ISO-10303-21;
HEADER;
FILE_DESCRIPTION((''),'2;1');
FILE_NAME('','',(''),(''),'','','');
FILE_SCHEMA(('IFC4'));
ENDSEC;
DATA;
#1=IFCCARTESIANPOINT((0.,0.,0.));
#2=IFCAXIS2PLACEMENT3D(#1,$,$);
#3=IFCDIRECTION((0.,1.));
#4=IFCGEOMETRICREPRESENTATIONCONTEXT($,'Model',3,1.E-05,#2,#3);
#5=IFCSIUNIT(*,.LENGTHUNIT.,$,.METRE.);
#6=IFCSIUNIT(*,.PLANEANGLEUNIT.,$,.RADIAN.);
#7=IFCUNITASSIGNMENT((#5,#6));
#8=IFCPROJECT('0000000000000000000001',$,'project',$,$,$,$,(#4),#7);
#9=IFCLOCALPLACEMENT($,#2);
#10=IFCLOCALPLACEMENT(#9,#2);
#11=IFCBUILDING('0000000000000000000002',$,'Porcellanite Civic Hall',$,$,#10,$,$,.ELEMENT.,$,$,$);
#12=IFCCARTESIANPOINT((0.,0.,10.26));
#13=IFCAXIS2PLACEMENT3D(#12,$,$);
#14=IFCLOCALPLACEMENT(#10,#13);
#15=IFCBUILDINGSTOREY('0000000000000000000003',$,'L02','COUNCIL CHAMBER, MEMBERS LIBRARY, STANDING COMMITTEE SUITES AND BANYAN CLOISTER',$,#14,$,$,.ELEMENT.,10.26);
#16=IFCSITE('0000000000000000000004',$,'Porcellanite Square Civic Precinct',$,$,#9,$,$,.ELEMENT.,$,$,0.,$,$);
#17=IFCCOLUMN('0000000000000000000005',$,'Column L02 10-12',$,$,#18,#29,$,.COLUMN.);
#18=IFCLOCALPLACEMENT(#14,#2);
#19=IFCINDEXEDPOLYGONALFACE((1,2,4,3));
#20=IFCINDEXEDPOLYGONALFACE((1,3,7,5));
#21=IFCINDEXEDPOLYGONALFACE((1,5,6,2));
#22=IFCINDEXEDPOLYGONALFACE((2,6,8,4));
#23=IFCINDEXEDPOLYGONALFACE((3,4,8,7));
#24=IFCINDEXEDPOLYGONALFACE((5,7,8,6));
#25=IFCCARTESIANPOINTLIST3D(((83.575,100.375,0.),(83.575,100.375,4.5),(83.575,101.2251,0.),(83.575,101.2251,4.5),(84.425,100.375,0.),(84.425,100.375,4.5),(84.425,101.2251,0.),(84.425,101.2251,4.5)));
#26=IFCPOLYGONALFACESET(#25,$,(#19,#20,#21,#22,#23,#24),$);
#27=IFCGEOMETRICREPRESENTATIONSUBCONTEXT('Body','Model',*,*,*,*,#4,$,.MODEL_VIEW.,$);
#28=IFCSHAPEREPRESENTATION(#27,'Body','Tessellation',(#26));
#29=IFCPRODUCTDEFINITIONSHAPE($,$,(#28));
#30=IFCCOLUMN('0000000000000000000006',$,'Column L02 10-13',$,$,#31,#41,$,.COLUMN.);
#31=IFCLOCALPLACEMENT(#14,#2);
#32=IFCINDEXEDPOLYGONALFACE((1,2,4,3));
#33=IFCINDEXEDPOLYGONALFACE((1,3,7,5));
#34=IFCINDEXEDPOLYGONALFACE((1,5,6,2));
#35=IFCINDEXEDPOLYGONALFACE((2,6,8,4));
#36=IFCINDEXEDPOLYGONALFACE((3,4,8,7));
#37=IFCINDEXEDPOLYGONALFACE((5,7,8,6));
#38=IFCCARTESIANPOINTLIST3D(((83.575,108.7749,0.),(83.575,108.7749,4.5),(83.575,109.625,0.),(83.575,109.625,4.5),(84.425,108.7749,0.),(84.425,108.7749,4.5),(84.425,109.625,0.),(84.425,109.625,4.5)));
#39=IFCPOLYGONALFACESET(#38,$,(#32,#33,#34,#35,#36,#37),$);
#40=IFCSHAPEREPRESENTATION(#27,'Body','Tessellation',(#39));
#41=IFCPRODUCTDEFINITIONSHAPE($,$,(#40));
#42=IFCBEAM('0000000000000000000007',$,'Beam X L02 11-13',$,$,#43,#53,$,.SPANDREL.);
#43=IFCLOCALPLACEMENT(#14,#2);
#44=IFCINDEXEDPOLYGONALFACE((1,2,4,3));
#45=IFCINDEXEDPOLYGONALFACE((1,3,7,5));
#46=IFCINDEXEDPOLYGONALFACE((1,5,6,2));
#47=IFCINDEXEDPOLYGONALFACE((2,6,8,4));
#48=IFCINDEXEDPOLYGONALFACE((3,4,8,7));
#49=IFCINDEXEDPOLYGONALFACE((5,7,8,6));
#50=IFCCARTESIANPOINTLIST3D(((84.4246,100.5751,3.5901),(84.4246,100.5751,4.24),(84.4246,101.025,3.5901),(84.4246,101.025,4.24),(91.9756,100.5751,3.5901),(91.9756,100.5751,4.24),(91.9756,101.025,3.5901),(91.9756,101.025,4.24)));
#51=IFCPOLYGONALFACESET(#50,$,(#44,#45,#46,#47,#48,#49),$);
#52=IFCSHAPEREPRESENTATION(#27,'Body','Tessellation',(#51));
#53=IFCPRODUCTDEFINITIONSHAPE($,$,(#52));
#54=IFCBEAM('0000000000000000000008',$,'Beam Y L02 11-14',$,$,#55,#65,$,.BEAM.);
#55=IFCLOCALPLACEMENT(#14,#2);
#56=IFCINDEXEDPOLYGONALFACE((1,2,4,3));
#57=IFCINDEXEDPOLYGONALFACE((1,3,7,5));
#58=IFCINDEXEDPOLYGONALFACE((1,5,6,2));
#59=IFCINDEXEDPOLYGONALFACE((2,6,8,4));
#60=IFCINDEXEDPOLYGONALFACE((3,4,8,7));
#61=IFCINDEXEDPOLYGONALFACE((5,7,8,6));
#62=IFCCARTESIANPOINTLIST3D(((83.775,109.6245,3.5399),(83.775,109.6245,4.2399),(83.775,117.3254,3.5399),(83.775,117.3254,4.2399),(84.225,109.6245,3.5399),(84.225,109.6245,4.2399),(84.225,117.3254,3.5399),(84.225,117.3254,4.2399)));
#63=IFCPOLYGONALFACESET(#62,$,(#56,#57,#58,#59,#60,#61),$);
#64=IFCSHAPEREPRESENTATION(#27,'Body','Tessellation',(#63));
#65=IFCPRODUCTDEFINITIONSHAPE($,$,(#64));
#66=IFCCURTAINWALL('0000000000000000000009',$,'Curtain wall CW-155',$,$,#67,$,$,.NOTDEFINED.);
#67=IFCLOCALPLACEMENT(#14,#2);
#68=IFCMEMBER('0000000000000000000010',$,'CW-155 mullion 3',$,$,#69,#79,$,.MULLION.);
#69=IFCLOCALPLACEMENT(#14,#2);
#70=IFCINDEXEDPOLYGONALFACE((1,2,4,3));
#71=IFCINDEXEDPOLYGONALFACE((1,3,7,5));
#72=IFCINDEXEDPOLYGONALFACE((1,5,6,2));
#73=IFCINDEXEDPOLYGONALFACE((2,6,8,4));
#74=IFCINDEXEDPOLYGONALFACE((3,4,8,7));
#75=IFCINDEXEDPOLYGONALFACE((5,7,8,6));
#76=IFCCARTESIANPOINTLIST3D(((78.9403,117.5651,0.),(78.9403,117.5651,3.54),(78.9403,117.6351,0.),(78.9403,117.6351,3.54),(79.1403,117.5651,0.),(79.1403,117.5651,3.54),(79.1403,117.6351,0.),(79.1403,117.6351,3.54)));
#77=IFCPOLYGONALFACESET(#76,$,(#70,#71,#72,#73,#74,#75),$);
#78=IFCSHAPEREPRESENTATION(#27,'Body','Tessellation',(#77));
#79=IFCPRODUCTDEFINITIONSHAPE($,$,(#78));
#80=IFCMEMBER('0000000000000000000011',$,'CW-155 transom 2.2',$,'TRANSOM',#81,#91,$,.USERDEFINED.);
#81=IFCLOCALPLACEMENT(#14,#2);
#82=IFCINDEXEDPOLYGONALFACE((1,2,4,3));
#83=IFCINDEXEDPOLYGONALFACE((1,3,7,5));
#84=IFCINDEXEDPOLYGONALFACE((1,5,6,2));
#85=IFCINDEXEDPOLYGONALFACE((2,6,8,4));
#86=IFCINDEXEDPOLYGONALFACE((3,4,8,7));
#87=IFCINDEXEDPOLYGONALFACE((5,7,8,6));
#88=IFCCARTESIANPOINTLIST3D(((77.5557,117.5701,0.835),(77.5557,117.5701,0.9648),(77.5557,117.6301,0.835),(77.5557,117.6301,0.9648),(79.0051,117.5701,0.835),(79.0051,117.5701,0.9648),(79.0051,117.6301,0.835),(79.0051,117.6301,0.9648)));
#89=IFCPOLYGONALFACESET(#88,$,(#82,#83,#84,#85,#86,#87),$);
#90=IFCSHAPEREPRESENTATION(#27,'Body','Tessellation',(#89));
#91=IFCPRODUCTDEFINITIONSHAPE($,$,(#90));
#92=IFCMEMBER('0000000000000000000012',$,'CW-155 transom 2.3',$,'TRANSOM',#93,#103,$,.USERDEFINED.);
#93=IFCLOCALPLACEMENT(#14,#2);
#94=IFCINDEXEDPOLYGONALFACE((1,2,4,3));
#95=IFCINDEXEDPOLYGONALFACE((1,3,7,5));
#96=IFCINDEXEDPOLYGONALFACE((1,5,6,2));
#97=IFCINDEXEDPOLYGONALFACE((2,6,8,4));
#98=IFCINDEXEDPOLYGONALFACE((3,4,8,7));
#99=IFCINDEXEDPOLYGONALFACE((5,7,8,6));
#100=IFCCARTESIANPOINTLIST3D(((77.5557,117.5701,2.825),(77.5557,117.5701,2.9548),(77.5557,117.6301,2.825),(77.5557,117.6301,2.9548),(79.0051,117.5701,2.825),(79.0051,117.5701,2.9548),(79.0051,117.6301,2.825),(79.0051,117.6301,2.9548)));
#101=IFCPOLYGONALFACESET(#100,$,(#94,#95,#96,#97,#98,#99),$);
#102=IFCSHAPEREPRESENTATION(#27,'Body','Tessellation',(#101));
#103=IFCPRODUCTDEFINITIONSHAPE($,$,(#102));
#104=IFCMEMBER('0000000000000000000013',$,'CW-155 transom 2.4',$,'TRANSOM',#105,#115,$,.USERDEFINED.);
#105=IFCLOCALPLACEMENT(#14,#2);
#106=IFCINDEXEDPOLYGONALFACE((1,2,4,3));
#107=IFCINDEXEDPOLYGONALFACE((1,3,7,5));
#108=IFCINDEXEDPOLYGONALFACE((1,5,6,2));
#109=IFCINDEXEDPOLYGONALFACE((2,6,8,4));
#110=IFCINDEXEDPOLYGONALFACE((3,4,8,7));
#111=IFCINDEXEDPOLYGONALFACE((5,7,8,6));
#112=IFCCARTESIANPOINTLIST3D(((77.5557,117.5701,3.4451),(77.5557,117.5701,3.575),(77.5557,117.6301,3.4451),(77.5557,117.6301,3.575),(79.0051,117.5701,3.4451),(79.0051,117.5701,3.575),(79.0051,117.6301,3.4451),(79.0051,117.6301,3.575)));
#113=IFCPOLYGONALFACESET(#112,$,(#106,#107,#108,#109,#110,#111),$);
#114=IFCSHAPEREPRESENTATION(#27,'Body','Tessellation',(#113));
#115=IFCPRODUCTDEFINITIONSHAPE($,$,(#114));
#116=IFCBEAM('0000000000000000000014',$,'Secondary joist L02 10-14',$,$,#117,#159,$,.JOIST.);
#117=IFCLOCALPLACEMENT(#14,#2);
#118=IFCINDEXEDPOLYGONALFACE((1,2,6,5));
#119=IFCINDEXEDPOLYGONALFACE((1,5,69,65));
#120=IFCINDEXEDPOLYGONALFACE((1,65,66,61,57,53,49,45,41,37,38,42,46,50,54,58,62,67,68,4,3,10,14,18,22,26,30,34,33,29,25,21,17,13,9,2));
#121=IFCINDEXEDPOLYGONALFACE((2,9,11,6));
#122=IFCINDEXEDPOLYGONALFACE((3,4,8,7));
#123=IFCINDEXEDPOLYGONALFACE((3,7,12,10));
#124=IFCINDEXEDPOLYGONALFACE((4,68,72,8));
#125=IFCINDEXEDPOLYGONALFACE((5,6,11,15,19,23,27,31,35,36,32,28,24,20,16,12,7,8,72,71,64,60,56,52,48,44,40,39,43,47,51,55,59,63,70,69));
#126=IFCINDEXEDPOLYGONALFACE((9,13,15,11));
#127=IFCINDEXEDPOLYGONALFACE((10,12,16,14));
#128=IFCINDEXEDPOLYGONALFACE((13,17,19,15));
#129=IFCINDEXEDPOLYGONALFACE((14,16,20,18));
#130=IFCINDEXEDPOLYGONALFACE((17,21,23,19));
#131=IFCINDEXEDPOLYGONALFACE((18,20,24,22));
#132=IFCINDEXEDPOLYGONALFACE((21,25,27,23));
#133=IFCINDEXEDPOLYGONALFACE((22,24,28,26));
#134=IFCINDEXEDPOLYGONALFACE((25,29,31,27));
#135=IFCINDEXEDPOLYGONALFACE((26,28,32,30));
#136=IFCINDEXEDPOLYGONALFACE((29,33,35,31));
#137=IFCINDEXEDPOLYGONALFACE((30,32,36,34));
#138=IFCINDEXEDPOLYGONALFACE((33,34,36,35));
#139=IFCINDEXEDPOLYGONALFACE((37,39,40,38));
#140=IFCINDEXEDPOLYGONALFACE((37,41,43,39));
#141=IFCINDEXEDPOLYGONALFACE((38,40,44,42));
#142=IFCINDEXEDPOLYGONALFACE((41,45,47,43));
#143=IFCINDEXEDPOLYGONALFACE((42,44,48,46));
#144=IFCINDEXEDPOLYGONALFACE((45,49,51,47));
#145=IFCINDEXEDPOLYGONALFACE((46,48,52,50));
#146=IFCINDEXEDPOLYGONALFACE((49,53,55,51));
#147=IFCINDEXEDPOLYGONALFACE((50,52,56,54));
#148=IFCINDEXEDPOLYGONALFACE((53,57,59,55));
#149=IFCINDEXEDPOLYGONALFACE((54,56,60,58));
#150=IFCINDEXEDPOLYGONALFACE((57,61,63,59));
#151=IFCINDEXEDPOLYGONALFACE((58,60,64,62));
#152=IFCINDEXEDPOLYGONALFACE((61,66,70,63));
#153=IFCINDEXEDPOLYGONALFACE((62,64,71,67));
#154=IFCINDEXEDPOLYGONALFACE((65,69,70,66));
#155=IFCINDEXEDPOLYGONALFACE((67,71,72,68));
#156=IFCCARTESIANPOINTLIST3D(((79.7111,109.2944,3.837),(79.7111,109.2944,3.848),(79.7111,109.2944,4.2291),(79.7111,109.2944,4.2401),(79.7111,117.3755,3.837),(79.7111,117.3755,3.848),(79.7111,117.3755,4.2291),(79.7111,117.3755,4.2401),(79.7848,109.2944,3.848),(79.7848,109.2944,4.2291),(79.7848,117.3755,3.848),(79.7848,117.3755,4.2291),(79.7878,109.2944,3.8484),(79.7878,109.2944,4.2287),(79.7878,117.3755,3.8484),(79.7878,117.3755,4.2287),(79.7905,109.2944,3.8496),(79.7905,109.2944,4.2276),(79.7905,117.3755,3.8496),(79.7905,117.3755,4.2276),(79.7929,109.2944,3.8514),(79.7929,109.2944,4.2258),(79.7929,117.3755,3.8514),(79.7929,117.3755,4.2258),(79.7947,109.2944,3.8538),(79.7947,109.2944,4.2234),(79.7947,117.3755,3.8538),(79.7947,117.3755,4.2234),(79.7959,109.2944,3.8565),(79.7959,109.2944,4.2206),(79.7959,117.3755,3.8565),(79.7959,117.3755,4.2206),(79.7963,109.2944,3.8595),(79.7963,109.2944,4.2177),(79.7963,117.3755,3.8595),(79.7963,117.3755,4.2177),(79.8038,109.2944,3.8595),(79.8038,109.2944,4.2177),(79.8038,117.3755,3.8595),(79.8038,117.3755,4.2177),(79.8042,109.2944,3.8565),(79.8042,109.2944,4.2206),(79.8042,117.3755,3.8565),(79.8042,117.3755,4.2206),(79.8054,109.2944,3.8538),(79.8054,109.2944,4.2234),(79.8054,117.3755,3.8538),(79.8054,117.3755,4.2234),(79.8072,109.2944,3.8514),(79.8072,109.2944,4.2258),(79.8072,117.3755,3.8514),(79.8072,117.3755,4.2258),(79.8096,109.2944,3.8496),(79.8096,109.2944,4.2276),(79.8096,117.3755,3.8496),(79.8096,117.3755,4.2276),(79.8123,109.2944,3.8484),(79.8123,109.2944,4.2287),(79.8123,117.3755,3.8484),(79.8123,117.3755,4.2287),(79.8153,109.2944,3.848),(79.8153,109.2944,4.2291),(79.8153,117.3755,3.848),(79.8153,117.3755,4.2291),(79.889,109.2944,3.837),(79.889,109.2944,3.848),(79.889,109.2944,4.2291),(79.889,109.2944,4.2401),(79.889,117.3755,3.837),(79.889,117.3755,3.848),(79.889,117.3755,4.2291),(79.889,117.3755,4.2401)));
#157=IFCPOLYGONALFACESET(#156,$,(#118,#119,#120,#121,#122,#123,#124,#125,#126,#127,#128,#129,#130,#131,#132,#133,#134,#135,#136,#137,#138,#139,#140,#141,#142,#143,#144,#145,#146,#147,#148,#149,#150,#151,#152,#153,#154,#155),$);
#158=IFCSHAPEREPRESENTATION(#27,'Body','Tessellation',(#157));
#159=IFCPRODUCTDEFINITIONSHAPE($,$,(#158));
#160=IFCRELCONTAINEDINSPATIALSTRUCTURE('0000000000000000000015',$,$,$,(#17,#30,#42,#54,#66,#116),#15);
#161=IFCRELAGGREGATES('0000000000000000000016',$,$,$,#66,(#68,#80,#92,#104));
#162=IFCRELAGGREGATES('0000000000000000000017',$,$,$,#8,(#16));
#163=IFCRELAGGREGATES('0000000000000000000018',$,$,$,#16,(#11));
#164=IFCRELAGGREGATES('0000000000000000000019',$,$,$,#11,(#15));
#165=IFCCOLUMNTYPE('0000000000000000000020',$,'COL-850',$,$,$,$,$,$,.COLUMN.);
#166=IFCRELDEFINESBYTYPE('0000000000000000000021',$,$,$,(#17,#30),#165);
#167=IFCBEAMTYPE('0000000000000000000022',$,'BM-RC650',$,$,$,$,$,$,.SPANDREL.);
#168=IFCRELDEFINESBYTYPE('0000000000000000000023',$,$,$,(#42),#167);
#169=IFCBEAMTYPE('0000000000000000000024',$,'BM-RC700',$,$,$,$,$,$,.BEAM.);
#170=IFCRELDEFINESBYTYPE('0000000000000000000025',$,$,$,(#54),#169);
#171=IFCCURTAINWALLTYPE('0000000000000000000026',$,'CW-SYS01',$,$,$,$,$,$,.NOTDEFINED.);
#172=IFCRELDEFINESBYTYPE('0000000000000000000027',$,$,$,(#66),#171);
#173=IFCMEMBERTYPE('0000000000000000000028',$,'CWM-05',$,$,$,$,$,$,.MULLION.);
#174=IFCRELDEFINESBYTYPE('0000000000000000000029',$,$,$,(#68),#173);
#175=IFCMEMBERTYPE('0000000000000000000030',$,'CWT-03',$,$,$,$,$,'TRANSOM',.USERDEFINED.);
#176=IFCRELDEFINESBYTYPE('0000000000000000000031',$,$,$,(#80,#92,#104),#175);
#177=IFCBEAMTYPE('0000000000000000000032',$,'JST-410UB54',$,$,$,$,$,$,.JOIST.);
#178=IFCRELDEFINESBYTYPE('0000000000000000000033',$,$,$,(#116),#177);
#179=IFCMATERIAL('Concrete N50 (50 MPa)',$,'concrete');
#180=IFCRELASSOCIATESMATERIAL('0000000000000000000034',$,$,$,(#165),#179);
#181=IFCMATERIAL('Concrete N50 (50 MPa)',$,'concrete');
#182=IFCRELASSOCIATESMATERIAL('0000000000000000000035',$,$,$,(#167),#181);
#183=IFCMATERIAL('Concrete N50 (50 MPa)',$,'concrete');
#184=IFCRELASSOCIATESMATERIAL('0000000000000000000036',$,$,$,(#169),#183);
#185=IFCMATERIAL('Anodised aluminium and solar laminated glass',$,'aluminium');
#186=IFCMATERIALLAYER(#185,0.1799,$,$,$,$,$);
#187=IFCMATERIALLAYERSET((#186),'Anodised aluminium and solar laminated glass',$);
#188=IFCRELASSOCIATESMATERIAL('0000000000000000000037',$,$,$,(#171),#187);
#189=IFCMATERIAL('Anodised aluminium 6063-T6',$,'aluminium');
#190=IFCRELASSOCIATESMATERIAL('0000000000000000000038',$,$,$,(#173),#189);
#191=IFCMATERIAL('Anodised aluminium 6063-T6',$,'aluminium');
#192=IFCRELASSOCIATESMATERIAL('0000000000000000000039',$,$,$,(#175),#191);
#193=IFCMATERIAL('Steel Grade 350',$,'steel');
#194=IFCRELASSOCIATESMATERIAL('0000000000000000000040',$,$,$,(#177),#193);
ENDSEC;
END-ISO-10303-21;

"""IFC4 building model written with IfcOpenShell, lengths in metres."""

from ifc_helpers import new_model, si_unit, direction, frame, origin, origin_2d, place, context, subcontext, project, spatial, rectangle, i_section, extrude, material, layer, layer_set, material_profile, profile_set, type_object, element, aggregate, save


model = new_model("IFC4")

# Units and contexts
model_context = context("Model", 3, precision=1e-05, world=origin(), true_north=direction((0.0, 1.0)))
body_context = subcontext(model_context, "Body", "Model", "MODEL_VIEW")
ifc_project = project(units=[si_unit("LENGTHUNIT", "METRE"), si_unit("PLANEANGLEUNIT", "RADIAN")], contexts=[model_context])

# Site, building, storey
site_placement = place(None, origin())
site = spatial("IfcSite", under=ifc_project, at=site_placement, Name="Porcellanite Square Civic Precinct", CompositionType="ELEMENT", RefElevation=0.0)
building_placement = place(site_placement, origin())
building = spatial("IfcBuilding", under=site, at=building_placement, Name="Porcellanite Civic Hall", CompositionType="ELEMENT")
storey_placement = place(building_placement, frame((0.0, 0.0, 10.26)))
storey = spatial("IfcBuildingStorey", under=building, at=storey_placement, Name="L02", Description="COUNCIL CHAMBER, MEMBERS LIBRARY, STANDING COMMITTEE SUITES AND BANYAN CLOISTER", CompositionType="ELEMENT", Elevation=10.26)

# Columns
ifc_material_1 = material(Name="Concrete N50 (50 MPa)", Category="concrete")
ifc_material_profile_1 = material_profile(ifc_material_1, rectangle(XDim=0.8501, YDim=0.8501, at=origin_2d()), Name="RC-850x850")
ifc_profile_set_1 = profile_set([ifc_material_profile_1], Name="Concrete N50 (50 MPa)")
column_type = type_object("IfcColumnType", Name="COL-850", PredefinedType="COLUMN", material=ifc_profile_set_1)
for number, where, z_axis, x_axis, name in (
    (1, (84.0, 100.8, 0.0), (0.0, 0.0, 1.0), (1.0, 0.0, 0.0), "Column L02 10-12"),
    (2, (84.0, 109.2, 0.0), (0.0, 0.0, 1.0), (1.0, 0.0, 0.0), "Column L02 10-13"),
):
    element("IfcColumn", number, at=place(storey_placement, frame(where, z_axis=z_axis, x_axis=x_axis)), inside=storey, type_object=column_type, Name=name, PredefinedType="COLUMN", context=body_context, shape_type="SweptSolid", body=[
        extrude(rectangle(XDim=0.8501, YDim=0.8501, at=origin_2d()), origin(), (0.0, 0.0, 1.0), 4.5),
    ])

# Beams
ifc_material_2 = material(Name="Concrete N50 (50 MPa)", Category="concrete")
ifc_material_profile_2 = material_profile(ifc_material_2, rectangle(XDim=0.45, YDim=0.6499, at=origin_2d()), Name="RC-450x650")
ifc_profile_set_2 = profile_set([ifc_material_profile_2], Name="Concrete N50 (50 MPa)")
beam_type_1 = type_object("IfcBeamType", Name="BM-RC650", PredefinedType="SPANDREL", material=ifc_profile_set_2)
beam_1_placement = place(storey_placement, frame((84.4246, 100.8, 3.915), z_axis=(1.0, 0.0, 0.0), x_axis=(0.0, 1.0, 0.0)))
element("IfcBeam", 3, at=beam_1_placement, inside=storey, type_object=beam_type_1, Name="Beam X L02 11-13", PredefinedType="SPANDREL", context=body_context, shape_type="SweptSolid", body=[
    extrude(rectangle(XDim=0.45, YDim=0.6499, at=origin_2d()), origin(), (0.0, 0.0, 1.0), 7.551),
])
ifc_material_3 = material(Name="Concrete N50 (50 MPa)", Category="concrete")
ifc_material_profile_3 = material_profile(ifc_material_3, rectangle(XDim=0.45, YDim=0.7, at=origin_2d()), Name="RC-450x700")
ifc_profile_set_3 = profile_set([ifc_material_profile_3], Name="Concrete N50 (50 MPa)")
beam_type_2 = type_object("IfcBeamType", Name="BM-RC700", PredefinedType="BEAM", material=ifc_profile_set_3)
beam_2_placement = place(storey_placement, frame((84.0, 109.6245, 3.8899), z_axis=(0.0, 1.0, 0.0), x_axis=(-1.0, 0.0, 0.0)))
element("IfcBeam", 4, at=beam_2_placement, inside=storey, type_object=beam_type_2, Name="Beam Y L02 11-14", PredefinedType="BEAM", context=body_context, shape_type="SweptSolid", body=[
    extrude(rectangle(XDim=0.45, YDim=0.7, at=origin_2d()), origin(), (0.0, 0.0, 1.0), 7.7009),
])

# Curtain wall, members
ifc_material_4 = material(Name="Anodised aluminium and solar laminated glass", Category="aluminium")
ifc_layer_1 = layer(ifc_material_4, 0.1799)
ifc_layer_set_1 = layer_set([ifc_layer_1], Name="Anodised aluminium and solar laminated glass")
curtain_wall_type = type_object("IfcCurtainWallType", Name="CW-SYS01", PredefinedType="NOTDEFINED", material=ifc_layer_set_1)
curtain_wall_placement = place(storey_placement, origin())
curtain_wall = element("IfcCurtainWall", 5, at=curtain_wall_placement, inside=storey, type_object=curtain_wall_type, Name="Curtain wall CW-155", PredefinedType="NOTDEFINED")
ifc_material_5 = material(Name="Anodised aluminium 6063-T6", Category="aluminium")
ifc_material_profile_4 = material_profile(ifc_material_5, rectangle(XDim=0.0701, YDim=0.2, at=origin_2d()), Name="AL-70x200")
ifc_profile_set_4 = profile_set([ifc_material_profile_4], Name="Anodised aluminium 6063-T6")
member_type_1 = type_object("IfcMemberType", Name="CWM-05", PredefinedType="MULLION", material=ifc_profile_set_4)
member_1_placement = place(storey_placement, frame((79.0403, 117.6001, 0.0), z_axis=(0.0, 0.0, 1.0), x_axis=(0.0, 1.0, 0.0)))
member_1 = element("IfcMember", 6, at=member_1_placement, type_object=member_type_1, Name="CW-155 mullion 3", PredefinedType="MULLION", context=body_context, shape_type="SweptSolid", body=[
    extrude(rectangle(XDim=0.0701, YDim=0.2, at=origin_2d()), origin(), (0.0, 0.0, 1.0), 3.54),
])
ifc_material_6 = material(Name="Anodised aluminium 6063-T6", Category="aluminium")
ifc_material_profile_5 = material_profile(ifc_material_6, rectangle(XDim=0.0601, YDim=0.1299, at=origin_2d()), Name="AL-60x130")
ifc_profile_set_5 = profile_set([ifc_material_profile_5], Name="Anodised aluminium 6063-T6")
member_type_2 = type_object("IfcMemberType", Name="CWT-03", ElementType="TRANSOM", PredefinedType="USERDEFINED", material=ifc_profile_set_5)
member_2_placement = place(storey_placement, frame((77.5557, 117.6001, 0.8999), z_axis=(1.0, 0.0, 0.0), x_axis=(0.0, 1.0, 0.0)))
member_2 = element("IfcMember", 7, at=member_2_placement, type_object=member_type_2, Name="CW-155 transom 2.2", ObjectType="TRANSOM", PredefinedType="USERDEFINED", context=body_context, shape_type="SweptSolid", body=[
    extrude(rectangle(XDim=0.0601, YDim=0.1299, at=origin_2d()), origin(), (0.0, 0.0, 1.0), 1.4495),
])
member_3_placement = place(storey_placement, frame((77.5557, 117.6001, 2.8899), z_axis=(1.0, 0.0, 0.0), x_axis=(0.0, 1.0, 0.0)))
member_3 = element("IfcMember", 8, at=member_3_placement, type_object=member_type_2, Name="CW-155 transom 2.3", ObjectType="TRANSOM", PredefinedType="USERDEFINED", context=body_context, shape_type="SweptSolid", body=[
    extrude(rectangle(XDim=0.0601, YDim=0.1299, at=origin_2d()), origin(), (0.0, 0.0, 1.0), 1.4495),
])
member_4_placement = place(storey_placement, frame((77.5557, 117.6001, 3.51), z_axis=(1.0, 0.0, 0.0), x_axis=(0.0, 1.0, 0.0)))
member_4 = element("IfcMember", 9, at=member_4_placement, type_object=member_type_2, Name="CW-155 transom 2.4", ObjectType="TRANSOM", PredefinedType="USERDEFINED", context=body_context, shape_type="SweptSolid", body=[
    extrude(rectangle(XDim=0.0601, YDim=0.1299, at=origin_2d()), origin(), (0.0, 0.0, 1.0), 1.4495),
])

# Beam
ifc_material_7 = material(Name="Steel Grade 350", Category="steel")
ifc_material_profile_6 = material_profile(ifc_material_7, i_section(OverallWidth=0.178, OverallDepth=0.4031, WebThickness=0.0076, FlangeThickness=0.011, FilletRadius=0.0115, at=origin_2d()), Name="410UB53.7")
ifc_profile_set_6 = profile_set([ifc_material_profile_6], Name="Steel Grade 350")
beam_type_3 = type_object("IfcBeamType", Name="JST-410UB54", PredefinedType="JOIST", material=ifc_profile_set_6)
beam_3_placement = place(storey_placement, frame((79.8, 109.2944, 4.0386), z_axis=(0.0, 1.0, 0.0), x_axis=(-1.0, 0.0, 0.0)))
element("IfcBeam", 10, at=beam_3_placement, inside=storey, type_object=beam_type_3, Name="Secondary joist L02 10-14", PredefinedType="JOIST", context=body_context, shape_type="SweptSolid", body=[
    extrude(i_section(OverallWidth=0.178, OverallDepth=0.4031, WebThickness=0.0076, FlangeThickness=0.011, FilletRadius=0.0115, at=origin_2d()), origin(), (0.0, 0.0, 1.0), 8.0811),
])

aggregate(curtain_wall, [member_1, member_2, member_3, member_4])

save(model, "model.ifc")
